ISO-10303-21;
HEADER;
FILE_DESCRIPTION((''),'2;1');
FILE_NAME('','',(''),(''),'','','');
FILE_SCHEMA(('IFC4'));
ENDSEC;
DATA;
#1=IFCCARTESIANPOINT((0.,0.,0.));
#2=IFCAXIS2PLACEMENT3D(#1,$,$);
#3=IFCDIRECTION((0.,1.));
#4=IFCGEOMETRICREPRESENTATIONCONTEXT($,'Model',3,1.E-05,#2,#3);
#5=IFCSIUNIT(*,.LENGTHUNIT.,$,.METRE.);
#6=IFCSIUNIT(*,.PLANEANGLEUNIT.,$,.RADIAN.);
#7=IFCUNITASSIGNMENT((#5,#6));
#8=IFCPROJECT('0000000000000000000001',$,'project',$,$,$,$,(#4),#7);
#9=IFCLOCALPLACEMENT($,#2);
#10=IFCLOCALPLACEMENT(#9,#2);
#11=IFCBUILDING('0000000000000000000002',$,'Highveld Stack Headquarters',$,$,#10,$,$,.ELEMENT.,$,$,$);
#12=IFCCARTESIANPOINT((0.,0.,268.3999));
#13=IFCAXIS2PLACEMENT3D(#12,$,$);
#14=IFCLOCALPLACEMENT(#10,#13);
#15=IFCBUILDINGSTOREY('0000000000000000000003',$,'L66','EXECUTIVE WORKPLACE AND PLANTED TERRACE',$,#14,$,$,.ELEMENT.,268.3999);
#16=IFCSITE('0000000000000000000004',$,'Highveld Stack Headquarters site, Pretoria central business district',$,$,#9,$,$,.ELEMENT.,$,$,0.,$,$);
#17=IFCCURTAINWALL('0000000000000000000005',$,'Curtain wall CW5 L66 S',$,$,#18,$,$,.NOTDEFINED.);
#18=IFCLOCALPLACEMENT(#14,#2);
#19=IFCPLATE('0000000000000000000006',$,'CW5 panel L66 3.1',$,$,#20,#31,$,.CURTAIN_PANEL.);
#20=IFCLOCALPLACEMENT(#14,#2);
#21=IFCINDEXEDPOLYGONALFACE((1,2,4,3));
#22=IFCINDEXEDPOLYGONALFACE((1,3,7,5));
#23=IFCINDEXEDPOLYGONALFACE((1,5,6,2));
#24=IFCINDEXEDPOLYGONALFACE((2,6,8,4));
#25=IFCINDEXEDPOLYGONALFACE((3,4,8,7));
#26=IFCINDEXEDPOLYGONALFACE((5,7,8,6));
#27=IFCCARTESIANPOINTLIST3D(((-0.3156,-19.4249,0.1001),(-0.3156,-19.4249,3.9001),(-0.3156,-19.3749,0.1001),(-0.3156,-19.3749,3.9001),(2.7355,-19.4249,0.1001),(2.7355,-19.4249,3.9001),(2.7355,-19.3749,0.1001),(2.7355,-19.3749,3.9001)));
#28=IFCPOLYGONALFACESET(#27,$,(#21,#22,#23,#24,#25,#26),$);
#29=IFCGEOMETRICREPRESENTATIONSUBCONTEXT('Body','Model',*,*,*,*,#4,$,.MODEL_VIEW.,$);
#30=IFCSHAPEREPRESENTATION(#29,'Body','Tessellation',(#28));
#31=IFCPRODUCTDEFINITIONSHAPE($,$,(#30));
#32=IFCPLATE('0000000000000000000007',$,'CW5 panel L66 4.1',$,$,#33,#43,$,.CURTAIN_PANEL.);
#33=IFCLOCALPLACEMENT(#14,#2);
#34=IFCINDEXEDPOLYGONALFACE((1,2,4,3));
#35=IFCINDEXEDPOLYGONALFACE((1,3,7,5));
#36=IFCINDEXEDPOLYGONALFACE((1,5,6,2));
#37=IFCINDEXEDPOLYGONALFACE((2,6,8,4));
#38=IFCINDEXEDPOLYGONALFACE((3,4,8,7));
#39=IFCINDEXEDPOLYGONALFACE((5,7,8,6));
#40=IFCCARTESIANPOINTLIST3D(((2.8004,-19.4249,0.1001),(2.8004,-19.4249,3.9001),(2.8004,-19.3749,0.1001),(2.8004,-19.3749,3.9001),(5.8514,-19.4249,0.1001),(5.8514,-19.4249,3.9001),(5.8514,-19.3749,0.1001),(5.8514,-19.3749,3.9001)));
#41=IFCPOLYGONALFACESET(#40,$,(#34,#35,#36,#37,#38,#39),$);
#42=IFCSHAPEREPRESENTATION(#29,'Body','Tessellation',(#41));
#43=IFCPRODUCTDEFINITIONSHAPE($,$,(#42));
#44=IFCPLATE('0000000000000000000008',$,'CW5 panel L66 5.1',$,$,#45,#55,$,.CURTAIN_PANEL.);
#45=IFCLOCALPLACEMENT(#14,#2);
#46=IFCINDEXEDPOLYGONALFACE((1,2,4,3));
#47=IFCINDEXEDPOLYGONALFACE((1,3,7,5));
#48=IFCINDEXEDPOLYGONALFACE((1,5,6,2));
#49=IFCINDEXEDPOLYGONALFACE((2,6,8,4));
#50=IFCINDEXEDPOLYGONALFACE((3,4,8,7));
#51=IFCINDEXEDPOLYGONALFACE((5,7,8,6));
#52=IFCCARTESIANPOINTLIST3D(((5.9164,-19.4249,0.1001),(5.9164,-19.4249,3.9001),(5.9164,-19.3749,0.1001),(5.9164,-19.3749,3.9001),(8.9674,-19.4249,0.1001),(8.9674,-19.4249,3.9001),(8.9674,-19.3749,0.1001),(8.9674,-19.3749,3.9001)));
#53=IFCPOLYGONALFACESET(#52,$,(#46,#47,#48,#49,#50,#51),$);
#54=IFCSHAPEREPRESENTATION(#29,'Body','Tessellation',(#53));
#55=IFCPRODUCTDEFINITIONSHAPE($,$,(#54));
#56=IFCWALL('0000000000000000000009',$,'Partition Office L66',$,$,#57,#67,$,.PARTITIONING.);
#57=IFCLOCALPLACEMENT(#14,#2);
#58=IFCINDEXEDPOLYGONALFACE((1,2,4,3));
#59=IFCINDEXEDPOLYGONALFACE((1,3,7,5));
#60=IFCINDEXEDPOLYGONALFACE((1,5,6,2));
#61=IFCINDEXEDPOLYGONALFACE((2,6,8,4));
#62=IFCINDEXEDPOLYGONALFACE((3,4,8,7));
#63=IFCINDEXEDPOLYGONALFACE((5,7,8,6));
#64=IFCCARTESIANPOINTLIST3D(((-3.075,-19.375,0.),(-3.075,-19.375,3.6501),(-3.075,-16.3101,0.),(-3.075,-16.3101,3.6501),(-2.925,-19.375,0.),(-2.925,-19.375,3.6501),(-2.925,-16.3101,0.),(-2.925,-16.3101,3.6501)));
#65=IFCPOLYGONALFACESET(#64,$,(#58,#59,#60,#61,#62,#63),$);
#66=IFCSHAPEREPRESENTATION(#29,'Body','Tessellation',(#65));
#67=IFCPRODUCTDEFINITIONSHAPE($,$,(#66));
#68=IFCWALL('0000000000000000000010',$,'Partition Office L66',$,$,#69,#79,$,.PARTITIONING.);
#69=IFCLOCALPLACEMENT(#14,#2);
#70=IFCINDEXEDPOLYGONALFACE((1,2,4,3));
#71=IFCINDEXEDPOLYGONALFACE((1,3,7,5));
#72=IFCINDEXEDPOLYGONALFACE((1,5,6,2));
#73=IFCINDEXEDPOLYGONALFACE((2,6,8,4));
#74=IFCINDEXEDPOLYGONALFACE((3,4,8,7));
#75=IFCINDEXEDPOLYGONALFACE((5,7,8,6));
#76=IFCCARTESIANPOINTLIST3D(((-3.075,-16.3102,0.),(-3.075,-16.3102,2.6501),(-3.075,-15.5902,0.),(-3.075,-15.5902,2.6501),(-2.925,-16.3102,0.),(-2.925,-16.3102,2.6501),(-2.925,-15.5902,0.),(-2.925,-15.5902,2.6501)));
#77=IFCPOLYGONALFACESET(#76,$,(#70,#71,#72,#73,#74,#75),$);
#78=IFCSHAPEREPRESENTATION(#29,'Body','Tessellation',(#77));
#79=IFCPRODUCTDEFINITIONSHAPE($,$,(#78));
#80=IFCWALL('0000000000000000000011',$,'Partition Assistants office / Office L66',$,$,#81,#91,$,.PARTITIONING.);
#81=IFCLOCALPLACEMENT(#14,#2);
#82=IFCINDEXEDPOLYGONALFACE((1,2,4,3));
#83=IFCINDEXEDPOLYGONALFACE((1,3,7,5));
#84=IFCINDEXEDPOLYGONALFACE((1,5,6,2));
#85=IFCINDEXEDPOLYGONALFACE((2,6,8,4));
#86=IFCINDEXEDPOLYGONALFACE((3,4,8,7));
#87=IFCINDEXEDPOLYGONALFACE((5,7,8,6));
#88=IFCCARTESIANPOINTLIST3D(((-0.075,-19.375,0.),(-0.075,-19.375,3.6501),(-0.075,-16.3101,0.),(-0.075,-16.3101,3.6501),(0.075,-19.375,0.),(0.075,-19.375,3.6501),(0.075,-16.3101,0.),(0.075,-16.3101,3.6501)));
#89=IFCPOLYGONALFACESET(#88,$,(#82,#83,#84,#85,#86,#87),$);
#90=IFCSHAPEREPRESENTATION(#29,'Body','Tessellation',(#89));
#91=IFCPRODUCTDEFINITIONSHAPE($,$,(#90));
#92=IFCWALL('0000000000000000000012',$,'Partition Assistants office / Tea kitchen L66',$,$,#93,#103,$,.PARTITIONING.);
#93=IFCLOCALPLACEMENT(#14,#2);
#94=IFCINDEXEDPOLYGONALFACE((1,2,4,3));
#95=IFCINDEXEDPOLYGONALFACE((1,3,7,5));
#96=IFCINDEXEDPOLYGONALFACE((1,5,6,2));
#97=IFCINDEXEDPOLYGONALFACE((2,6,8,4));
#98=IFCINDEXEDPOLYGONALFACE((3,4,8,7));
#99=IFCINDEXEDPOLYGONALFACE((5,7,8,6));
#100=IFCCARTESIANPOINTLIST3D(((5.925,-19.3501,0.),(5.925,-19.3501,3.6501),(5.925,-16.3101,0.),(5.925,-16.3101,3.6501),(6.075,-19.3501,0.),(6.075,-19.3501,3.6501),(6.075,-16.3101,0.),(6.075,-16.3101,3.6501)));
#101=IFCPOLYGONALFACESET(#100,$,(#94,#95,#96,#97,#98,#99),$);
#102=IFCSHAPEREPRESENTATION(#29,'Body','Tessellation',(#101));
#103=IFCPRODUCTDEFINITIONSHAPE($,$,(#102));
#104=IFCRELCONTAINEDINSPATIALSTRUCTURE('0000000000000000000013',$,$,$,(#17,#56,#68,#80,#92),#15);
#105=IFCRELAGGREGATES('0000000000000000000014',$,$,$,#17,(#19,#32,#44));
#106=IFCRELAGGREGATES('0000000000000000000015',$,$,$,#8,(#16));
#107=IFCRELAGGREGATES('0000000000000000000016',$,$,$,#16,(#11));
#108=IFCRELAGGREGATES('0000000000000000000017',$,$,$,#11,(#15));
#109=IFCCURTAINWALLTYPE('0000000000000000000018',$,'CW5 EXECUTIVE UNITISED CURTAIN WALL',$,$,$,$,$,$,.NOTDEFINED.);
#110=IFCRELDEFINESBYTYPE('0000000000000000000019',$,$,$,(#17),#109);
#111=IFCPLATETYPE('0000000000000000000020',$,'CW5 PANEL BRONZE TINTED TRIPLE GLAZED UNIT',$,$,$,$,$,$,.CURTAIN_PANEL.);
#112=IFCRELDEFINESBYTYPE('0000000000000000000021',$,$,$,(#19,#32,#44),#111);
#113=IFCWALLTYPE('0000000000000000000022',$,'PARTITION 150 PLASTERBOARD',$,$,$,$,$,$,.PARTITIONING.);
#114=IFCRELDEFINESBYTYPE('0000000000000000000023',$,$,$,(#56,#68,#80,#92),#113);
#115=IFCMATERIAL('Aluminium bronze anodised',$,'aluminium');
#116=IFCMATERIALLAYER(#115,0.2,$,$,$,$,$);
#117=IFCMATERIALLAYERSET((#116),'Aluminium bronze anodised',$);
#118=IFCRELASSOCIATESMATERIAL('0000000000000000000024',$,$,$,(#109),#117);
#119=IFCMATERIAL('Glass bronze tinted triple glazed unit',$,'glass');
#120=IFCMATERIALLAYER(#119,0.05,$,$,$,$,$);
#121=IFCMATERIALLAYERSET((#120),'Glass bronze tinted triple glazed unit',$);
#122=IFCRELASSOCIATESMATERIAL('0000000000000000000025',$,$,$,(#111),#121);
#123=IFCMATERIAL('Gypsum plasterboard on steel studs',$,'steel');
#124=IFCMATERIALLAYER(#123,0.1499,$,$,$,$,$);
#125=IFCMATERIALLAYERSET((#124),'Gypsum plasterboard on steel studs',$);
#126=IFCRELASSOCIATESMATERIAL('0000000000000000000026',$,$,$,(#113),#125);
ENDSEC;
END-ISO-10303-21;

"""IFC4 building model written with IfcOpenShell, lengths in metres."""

from ifc_helpers import new_model, si_unit, direction, frame, frame_2d, origin, origin_2d, place, context, subcontext, project, spatial, rectangle, extrude, material, layer, layer_set, type_object, element, aggregate, save


model = new_model("IFC4")

# Units and contexts
model_context = context("Model", 3, precision=1e-05, world=origin(), true_north=direction((0.0, 1.0)))
body_context = subcontext(model_context, "Body", "Model", "MODEL_VIEW")
ifc_project = project(units=[si_unit("LENGTHUNIT", "METRE"), si_unit("PLANEANGLEUNIT", "RADIAN")], contexts=[model_context])

# Site, building, storey
site_placement = place(None, origin())
site = spatial("IfcSite", under=ifc_project, at=site_placement, Name="Highveld Stack Headquarters site, Pretoria central business district", CompositionType="ELEMENT", RefElevation=0.0)
building_placement = place(site_placement, origin())
building = spatial("IfcBuilding", under=site, at=building_placement, Name="Highveld Stack Headquarters", CompositionType="ELEMENT")
storey_placement = place(building_placement, frame((0.0, 0.0, 268.3999)))
storey = spatial("IfcBuildingStorey", under=building, at=storey_placement, Name="L66", Description="EXECUTIVE WORKPLACE AND PLANTED TERRACE", CompositionType="ELEMENT", Elevation=268.3999)

# Curtain wall, plates
ifc_material_1 = material(Name="Aluminium bronze anodised", Category="aluminium")
ifc_layer_1 = layer(ifc_material_1, 0.2)
ifc_layer_set_1 = layer_set([ifc_layer_1], Name="Aluminium bronze anodised")
curtain_wall_type = type_object("IfcCurtainWallType", Name="CW5 EXECUTIVE UNITISED CURTAIN WALL", PredefinedType="NOTDEFINED", material=ifc_layer_set_1)
curtain_wall_placement = place(storey_placement, origin())
curtain_wall = element("IfcCurtainWall", 1, at=curtain_wall_placement, inside=storey, type_object=curtain_wall_type, Name="Curtain wall CW5 L66 S", PredefinedType="NOTDEFINED")
ifc_material_2 = material(Name="Glass bronze tinted triple glazed unit", Category="glass")
ifc_layer_2 = layer(ifc_material_2, 0.05)
ifc_layer_set_2 = layer_set([ifc_layer_2], Name="Glass bronze tinted triple glazed unit")
plate_type = type_object("IfcPlateType", Name="CW5 PANEL BRONZE TINTED TRIPLE GLAZED UNIT", PredefinedType="CURTAIN_PANEL", material=ifc_layer_set_2)
plate_1_placement = place(storey_placement, frame((1.21, -19.3999, 0.1001), z_axis=(0.0, 0.0, 1.0), x_axis=(1.0, 0.0, 0.0)))
plate_1 = element("IfcPlate", 2, at=plate_1_placement, type_object=plate_type, Name="CW5 panel L66 3.1", PredefinedType="CURTAIN_PANEL", context=body_context, shape_type="SweptSolid", body=[
    extrude(rectangle(XDim=3.051, YDim=0.05, at=origin_2d()), origin(), (0.0, 0.0, 1.0), 3.8),
])
plate_2_placement = place(storey_placement, frame((4.3259, -19.3999, 0.1001), z_axis=(0.0, 0.0, 1.0), x_axis=(1.0, 0.0, 0.0)))
plate_2 = element("IfcPlate", 3, at=plate_2_placement, type_object=plate_type, Name="CW5 panel L66 4.1", PredefinedType="CURTAIN_PANEL", context=body_context, shape_type="SweptSolid", body=[
    extrude(rectangle(XDim=3.051, YDim=0.05, at=origin_2d()), origin(), (0.0, 0.0, 1.0), 3.8),
])
plate_3_placement = place(storey_placement, frame((7.4419, -19.3999, 0.1001), z_axis=(0.0, 0.0, 1.0), x_axis=(1.0, 0.0, 0.0)))
plate_3 = element("IfcPlate", 4, at=plate_3_placement, type_object=plate_type, Name="CW5 panel L66 5.1", PredefinedType="CURTAIN_PANEL", context=body_context, shape_type="SweptSolid", body=[
    extrude(rectangle(XDim=3.051, YDim=0.05, at=origin_2d()), origin(), (0.0, 0.0, 1.0), 3.8),
])
aggregate(curtain_wall, [plate_1, plate_2, plate_3])

# Walls
ifc_material_3 = material(Name="Gypsum plasterboard on steel studs", Category="steel")
ifc_layer_3 = layer(ifc_material_3, 0.1499)
ifc_layer_set_3 = layer_set([ifc_layer_3], Name="Gypsum plasterboard on steel studs")
wall_type = type_object("IfcWallType", Name="PARTITION 150 PLASTERBOARD", PredefinedType="PARTITIONING", material=ifc_layer_set_3)
wall_1_placement = place(storey_placement, frame((-3.0, -19.375, 0.0), z_axis=(0.0, 0.0, 1.0), x_axis=(0.0, 1.0, 0.0)))
element("IfcWall", 5, at=wall_1_placement, inside=storey, type_object=wall_type, Name="Partition Office L66", PredefinedType="PARTITIONING", context=body_context, shape_type="SweptSolid", body=[
    extrude(rectangle(XDim=3.0649, YDim=0.1499, at=frame_2d((1.5325, 0.0))), origin(), (0.0, 0.0, 1.0), 3.6501),
])
wall_2_placement = place(storey_placement, frame((-3.0, -16.3101, 0.0), z_axis=(0.0, 0.0, 1.0), x_axis=(0.0, 1.0, 0.0)))
element("IfcWall", 6, at=wall_2_placement, inside=storey, type_object=wall_type, Name="Partition Office L66", PredefinedType="PARTITIONING", context=body_context, shape_type="SweptSolid", body=[
    extrude(rectangle(XDim=0.72, YDim=0.1499, at=frame_2d((0.3599, 0.0))), origin(), (0.0, 0.0, 1.0), 2.6501),
])
wall_3_placement = place(storey_placement, frame((0.0, -19.375, 0.0), z_axis=(0.0, 0.0, 1.0), x_axis=(0.0, 1.0, 0.0)))
element("IfcWall", 7, at=wall_3_placement, inside=storey, type_object=wall_type, Name="Partition Assistants office / Office L66", PredefinedType="PARTITIONING", context=body_context, shape_type="SweptSolid", body=[
    extrude(rectangle(XDim=3.0649, YDim=0.1499, at=frame_2d((1.5325, 0.0))), origin(), (0.0, 0.0, 1.0), 3.6501),
])
wall_4_placement = place(storey_placement, frame((6.0, -19.3501, 0.0), z_axis=(0.0, 0.0, 1.0), x_axis=(0.0, 1.0, 0.0)))
element("IfcWall", 8, at=wall_4_placement, inside=storey, type_object=wall_type, Name="Partition Assistants office / Tea kitchen L66", PredefinedType="PARTITIONING", context=body_context, shape_type="SweptSolid", body=[
    extrude(rectangle(XDim=3.04, YDim=0.1499, at=frame_2d((1.52, 0.0))), origin(), (0.0, 0.0, 1.0), 3.6501),
])

save(model, "model.ifc")
